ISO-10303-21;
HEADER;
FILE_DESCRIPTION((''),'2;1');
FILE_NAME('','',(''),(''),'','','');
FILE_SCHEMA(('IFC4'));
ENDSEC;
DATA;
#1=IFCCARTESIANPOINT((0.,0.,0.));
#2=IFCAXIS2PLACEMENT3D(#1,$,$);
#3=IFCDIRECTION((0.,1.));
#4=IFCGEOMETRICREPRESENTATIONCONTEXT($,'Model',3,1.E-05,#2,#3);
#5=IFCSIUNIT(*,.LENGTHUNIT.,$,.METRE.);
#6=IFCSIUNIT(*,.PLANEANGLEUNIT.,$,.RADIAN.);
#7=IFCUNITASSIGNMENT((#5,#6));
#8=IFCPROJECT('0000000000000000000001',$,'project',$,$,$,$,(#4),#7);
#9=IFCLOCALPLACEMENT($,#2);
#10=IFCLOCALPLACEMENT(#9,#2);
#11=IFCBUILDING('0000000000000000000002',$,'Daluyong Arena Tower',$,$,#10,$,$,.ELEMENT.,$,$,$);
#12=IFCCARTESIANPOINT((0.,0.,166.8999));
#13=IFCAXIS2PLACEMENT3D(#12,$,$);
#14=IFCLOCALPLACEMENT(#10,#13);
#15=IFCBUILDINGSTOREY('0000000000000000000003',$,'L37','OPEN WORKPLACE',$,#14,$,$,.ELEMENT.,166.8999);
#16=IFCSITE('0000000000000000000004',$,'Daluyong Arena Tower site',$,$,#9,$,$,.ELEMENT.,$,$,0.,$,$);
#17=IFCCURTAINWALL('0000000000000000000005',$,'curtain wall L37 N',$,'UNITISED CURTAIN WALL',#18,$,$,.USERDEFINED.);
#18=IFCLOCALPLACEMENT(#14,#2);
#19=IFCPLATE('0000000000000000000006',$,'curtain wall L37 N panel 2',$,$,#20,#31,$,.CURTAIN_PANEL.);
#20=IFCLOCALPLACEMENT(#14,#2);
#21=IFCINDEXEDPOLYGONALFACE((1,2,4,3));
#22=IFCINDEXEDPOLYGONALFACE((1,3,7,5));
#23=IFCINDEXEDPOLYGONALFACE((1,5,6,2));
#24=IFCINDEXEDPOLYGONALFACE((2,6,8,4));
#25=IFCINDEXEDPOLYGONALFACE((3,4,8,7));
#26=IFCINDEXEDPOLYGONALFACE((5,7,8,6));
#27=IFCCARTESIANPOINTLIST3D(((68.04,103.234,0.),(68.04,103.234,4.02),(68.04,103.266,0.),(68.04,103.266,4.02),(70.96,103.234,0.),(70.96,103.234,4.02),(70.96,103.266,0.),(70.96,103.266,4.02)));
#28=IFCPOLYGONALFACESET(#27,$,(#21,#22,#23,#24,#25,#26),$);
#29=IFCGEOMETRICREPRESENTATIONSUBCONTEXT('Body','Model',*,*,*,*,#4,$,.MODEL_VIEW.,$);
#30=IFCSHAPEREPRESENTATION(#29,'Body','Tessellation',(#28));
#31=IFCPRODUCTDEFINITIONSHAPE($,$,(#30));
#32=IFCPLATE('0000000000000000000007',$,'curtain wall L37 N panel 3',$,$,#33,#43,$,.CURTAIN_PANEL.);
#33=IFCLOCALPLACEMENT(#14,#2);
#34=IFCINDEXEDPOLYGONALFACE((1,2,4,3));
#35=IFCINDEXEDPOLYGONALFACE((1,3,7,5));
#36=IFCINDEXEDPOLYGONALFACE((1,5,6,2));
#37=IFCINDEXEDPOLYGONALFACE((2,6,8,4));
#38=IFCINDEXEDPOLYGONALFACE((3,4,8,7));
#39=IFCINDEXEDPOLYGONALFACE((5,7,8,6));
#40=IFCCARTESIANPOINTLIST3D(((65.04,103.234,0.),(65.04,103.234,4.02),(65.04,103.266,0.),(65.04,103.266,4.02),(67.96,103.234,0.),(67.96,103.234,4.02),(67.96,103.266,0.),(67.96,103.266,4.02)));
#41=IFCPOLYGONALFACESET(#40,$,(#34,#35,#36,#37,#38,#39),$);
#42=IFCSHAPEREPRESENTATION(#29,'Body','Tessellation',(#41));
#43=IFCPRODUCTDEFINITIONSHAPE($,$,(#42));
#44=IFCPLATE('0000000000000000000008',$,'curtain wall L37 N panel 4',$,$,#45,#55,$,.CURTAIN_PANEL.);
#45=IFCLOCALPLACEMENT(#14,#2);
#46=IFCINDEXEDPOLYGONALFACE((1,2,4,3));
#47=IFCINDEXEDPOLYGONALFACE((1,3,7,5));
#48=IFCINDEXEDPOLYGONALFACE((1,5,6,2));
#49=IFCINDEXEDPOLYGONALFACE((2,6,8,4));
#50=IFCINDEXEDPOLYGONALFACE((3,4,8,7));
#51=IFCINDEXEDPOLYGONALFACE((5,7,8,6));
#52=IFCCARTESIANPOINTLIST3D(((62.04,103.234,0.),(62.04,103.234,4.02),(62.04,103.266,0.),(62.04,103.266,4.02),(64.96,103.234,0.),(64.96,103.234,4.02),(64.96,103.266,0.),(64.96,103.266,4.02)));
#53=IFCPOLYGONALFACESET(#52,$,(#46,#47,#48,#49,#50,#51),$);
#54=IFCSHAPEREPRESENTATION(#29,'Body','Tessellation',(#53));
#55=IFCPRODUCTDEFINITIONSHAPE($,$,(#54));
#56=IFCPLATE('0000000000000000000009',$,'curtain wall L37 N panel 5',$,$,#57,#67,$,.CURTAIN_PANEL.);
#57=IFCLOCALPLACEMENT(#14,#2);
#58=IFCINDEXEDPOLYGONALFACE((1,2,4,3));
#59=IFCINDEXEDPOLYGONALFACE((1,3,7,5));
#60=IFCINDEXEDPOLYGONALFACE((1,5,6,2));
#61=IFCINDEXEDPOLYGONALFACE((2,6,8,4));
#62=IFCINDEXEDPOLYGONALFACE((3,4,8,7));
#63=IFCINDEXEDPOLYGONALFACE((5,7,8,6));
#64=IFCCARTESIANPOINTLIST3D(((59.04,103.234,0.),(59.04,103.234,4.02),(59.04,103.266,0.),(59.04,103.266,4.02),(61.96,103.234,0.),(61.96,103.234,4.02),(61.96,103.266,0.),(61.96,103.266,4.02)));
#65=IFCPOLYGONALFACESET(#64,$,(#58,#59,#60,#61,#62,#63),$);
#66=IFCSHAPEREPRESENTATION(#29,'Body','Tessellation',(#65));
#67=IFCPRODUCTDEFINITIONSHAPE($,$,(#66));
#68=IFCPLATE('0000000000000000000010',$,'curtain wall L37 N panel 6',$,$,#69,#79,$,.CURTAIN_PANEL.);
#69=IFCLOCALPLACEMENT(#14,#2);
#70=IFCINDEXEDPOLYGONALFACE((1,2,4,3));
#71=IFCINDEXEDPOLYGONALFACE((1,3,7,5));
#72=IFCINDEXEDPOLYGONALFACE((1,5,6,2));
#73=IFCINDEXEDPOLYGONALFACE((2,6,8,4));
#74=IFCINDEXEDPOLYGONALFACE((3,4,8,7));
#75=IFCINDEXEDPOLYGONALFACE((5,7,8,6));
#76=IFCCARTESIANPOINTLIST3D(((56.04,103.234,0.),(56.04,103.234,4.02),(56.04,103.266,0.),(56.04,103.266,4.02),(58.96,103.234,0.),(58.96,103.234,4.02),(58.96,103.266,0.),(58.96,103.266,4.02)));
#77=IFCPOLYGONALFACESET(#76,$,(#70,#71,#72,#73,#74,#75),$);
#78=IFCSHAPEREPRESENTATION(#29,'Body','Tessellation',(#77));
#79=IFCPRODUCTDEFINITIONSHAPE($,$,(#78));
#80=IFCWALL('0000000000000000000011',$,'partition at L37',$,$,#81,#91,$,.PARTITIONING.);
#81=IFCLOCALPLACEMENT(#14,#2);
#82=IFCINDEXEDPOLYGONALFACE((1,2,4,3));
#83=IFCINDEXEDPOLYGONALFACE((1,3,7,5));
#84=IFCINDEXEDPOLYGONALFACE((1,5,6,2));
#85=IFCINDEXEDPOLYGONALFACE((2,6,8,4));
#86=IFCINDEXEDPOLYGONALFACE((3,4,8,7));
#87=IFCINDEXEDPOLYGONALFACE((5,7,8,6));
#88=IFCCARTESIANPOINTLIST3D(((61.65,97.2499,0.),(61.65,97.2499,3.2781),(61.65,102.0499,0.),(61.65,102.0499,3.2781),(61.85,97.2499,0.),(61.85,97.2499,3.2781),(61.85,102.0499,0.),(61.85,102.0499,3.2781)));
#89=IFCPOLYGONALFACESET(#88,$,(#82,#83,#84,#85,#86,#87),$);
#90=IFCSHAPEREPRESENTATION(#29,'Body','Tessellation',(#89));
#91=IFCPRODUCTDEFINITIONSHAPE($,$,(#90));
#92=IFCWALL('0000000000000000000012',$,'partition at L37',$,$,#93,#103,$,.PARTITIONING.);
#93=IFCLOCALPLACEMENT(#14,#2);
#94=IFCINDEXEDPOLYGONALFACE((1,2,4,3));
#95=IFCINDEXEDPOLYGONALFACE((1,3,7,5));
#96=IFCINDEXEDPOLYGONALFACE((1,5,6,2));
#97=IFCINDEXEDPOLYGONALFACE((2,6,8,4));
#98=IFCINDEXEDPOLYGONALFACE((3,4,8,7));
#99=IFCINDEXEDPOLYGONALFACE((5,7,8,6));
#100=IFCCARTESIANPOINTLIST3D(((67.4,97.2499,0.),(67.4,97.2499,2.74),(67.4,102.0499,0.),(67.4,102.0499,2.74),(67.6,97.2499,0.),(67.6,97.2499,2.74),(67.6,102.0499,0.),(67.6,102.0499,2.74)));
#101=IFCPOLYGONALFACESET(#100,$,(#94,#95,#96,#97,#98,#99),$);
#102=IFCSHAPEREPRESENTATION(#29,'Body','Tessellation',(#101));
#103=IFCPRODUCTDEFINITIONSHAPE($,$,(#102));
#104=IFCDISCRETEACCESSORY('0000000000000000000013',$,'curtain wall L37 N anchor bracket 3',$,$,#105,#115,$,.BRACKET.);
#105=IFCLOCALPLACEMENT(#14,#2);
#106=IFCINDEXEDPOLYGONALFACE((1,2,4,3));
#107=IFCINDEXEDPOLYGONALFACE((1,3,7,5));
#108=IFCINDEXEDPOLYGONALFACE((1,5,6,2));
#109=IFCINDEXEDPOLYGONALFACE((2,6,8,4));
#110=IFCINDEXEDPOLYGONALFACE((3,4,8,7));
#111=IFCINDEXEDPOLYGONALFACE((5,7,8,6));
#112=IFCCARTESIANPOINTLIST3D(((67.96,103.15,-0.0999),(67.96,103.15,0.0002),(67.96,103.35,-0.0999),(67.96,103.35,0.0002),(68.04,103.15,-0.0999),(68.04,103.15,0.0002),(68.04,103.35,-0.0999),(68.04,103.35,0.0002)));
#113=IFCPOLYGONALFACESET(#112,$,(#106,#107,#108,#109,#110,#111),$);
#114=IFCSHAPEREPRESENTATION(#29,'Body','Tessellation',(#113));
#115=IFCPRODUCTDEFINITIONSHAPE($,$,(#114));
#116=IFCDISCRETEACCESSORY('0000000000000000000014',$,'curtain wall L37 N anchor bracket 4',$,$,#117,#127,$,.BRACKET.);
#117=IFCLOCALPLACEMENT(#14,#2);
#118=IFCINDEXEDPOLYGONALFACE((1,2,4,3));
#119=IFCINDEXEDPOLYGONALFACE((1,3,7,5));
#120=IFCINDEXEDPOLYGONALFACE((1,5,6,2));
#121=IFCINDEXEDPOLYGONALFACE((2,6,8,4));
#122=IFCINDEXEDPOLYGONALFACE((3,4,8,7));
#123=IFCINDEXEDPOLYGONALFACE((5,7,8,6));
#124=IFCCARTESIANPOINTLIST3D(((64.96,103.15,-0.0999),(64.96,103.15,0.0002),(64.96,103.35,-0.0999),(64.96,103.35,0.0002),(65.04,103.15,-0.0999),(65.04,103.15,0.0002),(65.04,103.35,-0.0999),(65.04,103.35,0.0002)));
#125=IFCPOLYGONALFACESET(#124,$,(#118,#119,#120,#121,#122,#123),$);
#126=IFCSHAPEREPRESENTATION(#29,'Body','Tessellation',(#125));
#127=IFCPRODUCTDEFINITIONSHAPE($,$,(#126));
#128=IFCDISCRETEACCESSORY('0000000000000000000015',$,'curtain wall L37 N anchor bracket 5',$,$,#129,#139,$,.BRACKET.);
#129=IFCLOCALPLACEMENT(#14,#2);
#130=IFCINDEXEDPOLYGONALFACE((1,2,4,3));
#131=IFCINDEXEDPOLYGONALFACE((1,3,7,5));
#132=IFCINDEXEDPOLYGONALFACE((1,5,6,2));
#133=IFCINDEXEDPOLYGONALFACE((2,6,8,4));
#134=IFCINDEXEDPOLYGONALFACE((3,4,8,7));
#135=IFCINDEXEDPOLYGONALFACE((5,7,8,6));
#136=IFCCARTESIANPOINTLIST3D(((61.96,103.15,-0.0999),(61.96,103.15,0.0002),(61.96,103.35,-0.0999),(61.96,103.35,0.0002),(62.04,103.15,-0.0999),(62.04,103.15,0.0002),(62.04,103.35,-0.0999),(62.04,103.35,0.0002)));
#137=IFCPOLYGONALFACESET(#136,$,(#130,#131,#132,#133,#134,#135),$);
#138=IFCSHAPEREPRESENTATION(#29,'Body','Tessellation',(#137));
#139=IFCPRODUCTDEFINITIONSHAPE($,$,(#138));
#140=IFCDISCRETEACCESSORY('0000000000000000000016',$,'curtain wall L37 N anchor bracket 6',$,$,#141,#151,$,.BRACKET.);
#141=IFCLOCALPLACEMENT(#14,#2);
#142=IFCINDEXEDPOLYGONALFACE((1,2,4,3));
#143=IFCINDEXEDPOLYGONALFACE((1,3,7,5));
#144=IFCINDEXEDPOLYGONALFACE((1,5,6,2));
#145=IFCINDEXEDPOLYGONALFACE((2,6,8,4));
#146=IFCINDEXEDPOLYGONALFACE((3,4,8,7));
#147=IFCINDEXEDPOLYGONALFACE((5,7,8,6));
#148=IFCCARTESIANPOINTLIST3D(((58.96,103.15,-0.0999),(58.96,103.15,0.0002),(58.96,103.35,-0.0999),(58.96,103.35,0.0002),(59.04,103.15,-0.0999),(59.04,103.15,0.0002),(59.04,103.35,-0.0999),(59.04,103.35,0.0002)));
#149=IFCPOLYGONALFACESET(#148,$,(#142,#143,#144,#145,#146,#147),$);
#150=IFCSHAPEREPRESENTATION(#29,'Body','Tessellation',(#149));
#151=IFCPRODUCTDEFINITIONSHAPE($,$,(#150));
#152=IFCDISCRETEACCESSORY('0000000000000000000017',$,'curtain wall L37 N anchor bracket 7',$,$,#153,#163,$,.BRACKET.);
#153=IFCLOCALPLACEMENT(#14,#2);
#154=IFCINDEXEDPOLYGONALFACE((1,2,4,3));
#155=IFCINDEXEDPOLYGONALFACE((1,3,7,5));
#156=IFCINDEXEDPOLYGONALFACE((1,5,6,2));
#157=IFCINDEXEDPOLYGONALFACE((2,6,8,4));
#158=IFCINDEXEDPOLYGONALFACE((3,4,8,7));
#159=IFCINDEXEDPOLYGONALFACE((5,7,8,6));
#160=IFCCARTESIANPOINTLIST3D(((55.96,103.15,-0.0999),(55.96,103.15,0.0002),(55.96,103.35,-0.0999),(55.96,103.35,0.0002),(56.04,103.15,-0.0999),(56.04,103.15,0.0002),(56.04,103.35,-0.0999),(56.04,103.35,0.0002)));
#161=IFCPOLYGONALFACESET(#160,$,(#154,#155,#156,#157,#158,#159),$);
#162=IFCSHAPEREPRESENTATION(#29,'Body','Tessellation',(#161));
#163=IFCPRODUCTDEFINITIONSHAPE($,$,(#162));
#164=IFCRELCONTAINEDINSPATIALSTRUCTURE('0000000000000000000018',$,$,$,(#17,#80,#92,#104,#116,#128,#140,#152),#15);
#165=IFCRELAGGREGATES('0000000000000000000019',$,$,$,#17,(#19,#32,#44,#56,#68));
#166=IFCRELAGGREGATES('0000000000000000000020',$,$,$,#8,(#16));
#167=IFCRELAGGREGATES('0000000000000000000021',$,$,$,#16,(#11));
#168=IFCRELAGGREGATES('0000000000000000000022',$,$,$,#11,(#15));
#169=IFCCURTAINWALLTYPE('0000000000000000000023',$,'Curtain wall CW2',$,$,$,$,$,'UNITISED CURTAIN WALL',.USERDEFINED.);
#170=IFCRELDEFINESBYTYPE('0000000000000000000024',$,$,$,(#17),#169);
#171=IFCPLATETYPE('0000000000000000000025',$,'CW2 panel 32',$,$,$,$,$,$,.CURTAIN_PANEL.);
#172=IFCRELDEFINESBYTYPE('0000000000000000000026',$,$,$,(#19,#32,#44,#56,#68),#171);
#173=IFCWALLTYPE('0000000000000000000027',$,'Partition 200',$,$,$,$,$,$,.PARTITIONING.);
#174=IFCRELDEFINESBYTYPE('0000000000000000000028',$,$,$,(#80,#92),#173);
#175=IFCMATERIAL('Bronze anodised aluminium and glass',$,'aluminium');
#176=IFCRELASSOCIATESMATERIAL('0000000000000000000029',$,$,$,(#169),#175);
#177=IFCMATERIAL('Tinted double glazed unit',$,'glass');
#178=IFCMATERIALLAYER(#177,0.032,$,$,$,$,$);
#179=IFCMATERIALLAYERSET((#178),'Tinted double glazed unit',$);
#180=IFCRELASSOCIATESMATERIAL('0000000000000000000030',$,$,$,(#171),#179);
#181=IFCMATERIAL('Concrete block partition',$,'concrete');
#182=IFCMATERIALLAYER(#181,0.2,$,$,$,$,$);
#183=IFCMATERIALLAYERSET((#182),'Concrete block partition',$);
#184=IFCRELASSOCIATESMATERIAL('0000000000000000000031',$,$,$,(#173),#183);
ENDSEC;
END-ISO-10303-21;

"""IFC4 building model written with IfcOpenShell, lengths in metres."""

from ifc_helpers import new_model, si_unit, direction, frame, frame_2d, origin, origin_2d, place, context, subcontext, project, spatial, rectangle, extrude, material, layer, layer_set, type_object, element, aggregate, save


model = new_model("IFC4")

# Units and contexts
model_context = context("Model", 3, precision=1e-05, world=origin(), true_north=direction((0.0, 1.0)))
body_context = subcontext(model_context, "Body", "Model", "MODEL_VIEW")
ifc_project = project(units=[si_unit("LENGTHUNIT", "METRE"), si_unit("PLANEANGLEUNIT", "RADIAN")], contexts=[model_context])

# Site, building, storey
site_placement = place(None, origin())
site = spatial("IfcSite", under=ifc_project, at=site_placement, Name="Daluyong Arena Tower site", CompositionType="ELEMENT", RefElevation=0.0)
building_placement = place(site_placement, origin())
building = spatial("IfcBuilding", under=site, at=building_placement, Name="Daluyong Arena Tower", CompositionType="ELEMENT")
storey_placement = place(building_placement, frame((0.0, 0.0, 166.8999)))
storey = spatial("IfcBuildingStorey", under=building, at=storey_placement, Name="L37", Description="OPEN WORKPLACE", CompositionType="ELEMENT", Elevation=166.8999)

# Curtain wall
ifc_material_1 = material(Name="Bronze anodised aluminium and glass", Category="aluminium")
curtain_wall_type = type_object("IfcCurtainWallType", Name="Curtain wall CW2", ElementType="UNITISED CURTAIN WALL", PredefinedType="USERDEFINED", material=ifc_material_1)
curtain_wall_placement = place(storey_placement, origin())
curtain_wall = element("IfcCurtainWall", 1, at=curtain_wall_placement, inside=storey, type_object=curtain_wall_type, Name="curtain wall L37 N", ObjectType="UNITISED CURTAIN WALL", PredefinedType="USERDEFINED")

# Plates
ifc_material_2 = material(Name="Tinted double glazed unit", Category="glass")
ifc_layer_1 = layer(ifc_material_2, 0.032)
ifc_layer_set_1 = layer_set([ifc_layer_1], Name="Tinted double glazed unit")
plate_type = type_object("IfcPlateType", Name="CW2 panel 32", PredefinedType="CURTAIN_PANEL", material=ifc_layer_set_1)
plate_1_placement = place(storey_placement, frame((69.5, 103.25, 0.0), z_axis=(0.0, 0.0, 1.0), x_axis=(-1.0, 0.0, 0.0)))
plate_1 = element("IfcPlate", 2, at=plate_1_placement, type_object=plate_type, Name="curtain wall L37 N panel 2", PredefinedType="CURTAIN_PANEL", context=body_context, shape_type="SweptSolid", body=[
    extrude(rectangle(XDim=2.9199, YDim=0.032, at=origin_2d()), origin(), (0.0, 0.0, 1.0), 4.02),
])
plate_2_placement = place(storey_placement, frame((66.5, 103.25, 0.0), z_axis=(0.0, 0.0, 1.0), x_axis=(-1.0, 0.0, 0.0)))
plate_2 = element("IfcPlate", 3, at=plate_2_placement, type_object=plate_type, Name="curtain wall L37 N panel 3", PredefinedType="CURTAIN_PANEL", context=body_context, shape_type="SweptSolid", body=[
    extrude(rectangle(XDim=2.9199, YDim=0.032, at=origin_2d()), origin(), (0.0, 0.0, 1.0), 4.02),
])
plate_3_placement = place(storey_placement, frame((63.5, 103.25, 0.0), z_axis=(0.0, 0.0, 1.0), x_axis=(-1.0, 0.0, 0.0)))
plate_3 = element("IfcPlate", 4, at=plate_3_placement, type_object=plate_type, Name="curtain wall L37 N panel 4", PredefinedType="CURTAIN_PANEL", context=body_context, shape_type="SweptSolid", body=[
    extrude(rectangle(XDim=2.9199, YDim=0.032, at=origin_2d()), origin(), (0.0, 0.0, 1.0), 4.02),
])
plate_4_placement = place(storey_placement, frame((60.5, 103.25, 0.0), z_axis=(0.0, 0.0, 1.0), x_axis=(-1.0, 0.0, 0.0)))
plate_4 = element("IfcPlate", 5, at=plate_4_placement, type_object=plate_type, Name="curtain wall L37 N panel 5", PredefinedType="CURTAIN_PANEL", context=body_context, shape_type="SweptSolid", body=[
    extrude(rectangle(XDim=2.9199, YDim=0.032, at=origin_2d()), origin(), (0.0, 0.0, 1.0), 4.02),
])
plate_5_placement = place(storey_placement, frame((57.5, 103.25, 0.0), z_axis=(0.0, 0.0, 1.0), x_axis=(-1.0, 0.0, 0.0)))
plate_5 = element("IfcPlate", 6, at=plate_5_placement, type_object=plate_type, Name="curtain wall L37 N panel 6", PredefinedType="CURTAIN_PANEL", context=body_context, shape_type="SweptSolid", body=[
    extrude(rectangle(XDim=2.9199, YDim=0.032, at=origin_2d()), origin(), (0.0, 0.0, 1.0), 4.02),
])
aggregate(curtain_wall, [plate_1, plate_2, plate_3, plate_4, plate_5])

# Walls
ifc_material_3 = material(Name="Concrete block partition", Category="concrete")
ifc_layer_2 = layer(ifc_material_3, 0.2)
ifc_layer_set_2 = layer_set([ifc_layer_2], Name="Concrete block partition")
wall_type = type_object("IfcWallType", Name="Partition 200", PredefinedType="PARTITIONING", material=ifc_layer_set_2)
wall_1_placement = place(storey_placement, frame((61.75, 97.25, 0.0), z_axis=(0.0, 0.0, 1.0), x_axis=(0.0, 1.0, 0.0)))
element("IfcWall", 7, at=wall_1_placement, inside=storey, type_object=wall_type, Name="partition at L37", PredefinedType="PARTITIONING", context=body_context, shape_type="SweptSolid", body=[
    extrude(rectangle(XDim=4.8, YDim=0.2, at=frame_2d((2.3999, 0.0))), origin(), (0.0, 0.0, 1.0), 3.2781),
])
wall_2_placement = place(storey_placement, frame((67.5, 97.25, 0.0), z_axis=(0.0, 0.0, 1.0), x_axis=(0.0, 1.0, 0.0)))
element("IfcWall", 8, at=wall_2_placement, inside=storey, type_object=wall_type, Name="partition at L37", PredefinedType="PARTITIONING", context=body_context, shape_type="SweptSolid", body=[
    extrude(rectangle(XDim=4.8, YDim=0.2, at=frame_2d((2.3999, 0.0))), origin(), (0.0, 0.0, 1.0), 2.74),
])

# Discrete accessories
for number, where, z_axis, x_axis, name in (
    (9, (68.0, 103.25, -0.0999), (0.0, 0.0, 1.0), (-1.0, 0.0, 0.0), "curtain wall L37 N anchor bracket 3"),
    (10, (65.0, 103.25, -0.0999), (0.0, 0.0, 1.0), (-1.0, 0.0, 0.0), "curtain wall L37 N anchor bracket 4"),
    (11, (62.0, 103.25, -0.0999), (0.0, 0.0, 1.0), (-1.0, 0.0, 0.0), "curtain wall L37 N anchor bracket 5"),
    (12, (59.0, 103.25, -0.0999), (0.0, 0.0, 1.0), (-1.0, 0.0, 0.0), "curtain wall L37 N anchor bracket 6"),
    (13, (56.0, 103.25, -0.0999), (0.0, 0.0, 1.0), (-1.0, 0.0, 0.0), "curtain wall L37 N anchor bracket 7"),
):
    element("IfcDiscreteAccessory", number, at=place(storey_placement, frame(where, z_axis=z_axis, x_axis=x_axis)), inside=storey, Name=name, PredefinedType="BRACKET", context=body_context, shape_type="SweptSolid", body=[
        extrude(rectangle(XDim=0.0801, YDim=0.2, at=origin_2d()), origin(), (0.0, 0.0, 1.0), 0.1001),
    ])

save(model, "model.ifc")
